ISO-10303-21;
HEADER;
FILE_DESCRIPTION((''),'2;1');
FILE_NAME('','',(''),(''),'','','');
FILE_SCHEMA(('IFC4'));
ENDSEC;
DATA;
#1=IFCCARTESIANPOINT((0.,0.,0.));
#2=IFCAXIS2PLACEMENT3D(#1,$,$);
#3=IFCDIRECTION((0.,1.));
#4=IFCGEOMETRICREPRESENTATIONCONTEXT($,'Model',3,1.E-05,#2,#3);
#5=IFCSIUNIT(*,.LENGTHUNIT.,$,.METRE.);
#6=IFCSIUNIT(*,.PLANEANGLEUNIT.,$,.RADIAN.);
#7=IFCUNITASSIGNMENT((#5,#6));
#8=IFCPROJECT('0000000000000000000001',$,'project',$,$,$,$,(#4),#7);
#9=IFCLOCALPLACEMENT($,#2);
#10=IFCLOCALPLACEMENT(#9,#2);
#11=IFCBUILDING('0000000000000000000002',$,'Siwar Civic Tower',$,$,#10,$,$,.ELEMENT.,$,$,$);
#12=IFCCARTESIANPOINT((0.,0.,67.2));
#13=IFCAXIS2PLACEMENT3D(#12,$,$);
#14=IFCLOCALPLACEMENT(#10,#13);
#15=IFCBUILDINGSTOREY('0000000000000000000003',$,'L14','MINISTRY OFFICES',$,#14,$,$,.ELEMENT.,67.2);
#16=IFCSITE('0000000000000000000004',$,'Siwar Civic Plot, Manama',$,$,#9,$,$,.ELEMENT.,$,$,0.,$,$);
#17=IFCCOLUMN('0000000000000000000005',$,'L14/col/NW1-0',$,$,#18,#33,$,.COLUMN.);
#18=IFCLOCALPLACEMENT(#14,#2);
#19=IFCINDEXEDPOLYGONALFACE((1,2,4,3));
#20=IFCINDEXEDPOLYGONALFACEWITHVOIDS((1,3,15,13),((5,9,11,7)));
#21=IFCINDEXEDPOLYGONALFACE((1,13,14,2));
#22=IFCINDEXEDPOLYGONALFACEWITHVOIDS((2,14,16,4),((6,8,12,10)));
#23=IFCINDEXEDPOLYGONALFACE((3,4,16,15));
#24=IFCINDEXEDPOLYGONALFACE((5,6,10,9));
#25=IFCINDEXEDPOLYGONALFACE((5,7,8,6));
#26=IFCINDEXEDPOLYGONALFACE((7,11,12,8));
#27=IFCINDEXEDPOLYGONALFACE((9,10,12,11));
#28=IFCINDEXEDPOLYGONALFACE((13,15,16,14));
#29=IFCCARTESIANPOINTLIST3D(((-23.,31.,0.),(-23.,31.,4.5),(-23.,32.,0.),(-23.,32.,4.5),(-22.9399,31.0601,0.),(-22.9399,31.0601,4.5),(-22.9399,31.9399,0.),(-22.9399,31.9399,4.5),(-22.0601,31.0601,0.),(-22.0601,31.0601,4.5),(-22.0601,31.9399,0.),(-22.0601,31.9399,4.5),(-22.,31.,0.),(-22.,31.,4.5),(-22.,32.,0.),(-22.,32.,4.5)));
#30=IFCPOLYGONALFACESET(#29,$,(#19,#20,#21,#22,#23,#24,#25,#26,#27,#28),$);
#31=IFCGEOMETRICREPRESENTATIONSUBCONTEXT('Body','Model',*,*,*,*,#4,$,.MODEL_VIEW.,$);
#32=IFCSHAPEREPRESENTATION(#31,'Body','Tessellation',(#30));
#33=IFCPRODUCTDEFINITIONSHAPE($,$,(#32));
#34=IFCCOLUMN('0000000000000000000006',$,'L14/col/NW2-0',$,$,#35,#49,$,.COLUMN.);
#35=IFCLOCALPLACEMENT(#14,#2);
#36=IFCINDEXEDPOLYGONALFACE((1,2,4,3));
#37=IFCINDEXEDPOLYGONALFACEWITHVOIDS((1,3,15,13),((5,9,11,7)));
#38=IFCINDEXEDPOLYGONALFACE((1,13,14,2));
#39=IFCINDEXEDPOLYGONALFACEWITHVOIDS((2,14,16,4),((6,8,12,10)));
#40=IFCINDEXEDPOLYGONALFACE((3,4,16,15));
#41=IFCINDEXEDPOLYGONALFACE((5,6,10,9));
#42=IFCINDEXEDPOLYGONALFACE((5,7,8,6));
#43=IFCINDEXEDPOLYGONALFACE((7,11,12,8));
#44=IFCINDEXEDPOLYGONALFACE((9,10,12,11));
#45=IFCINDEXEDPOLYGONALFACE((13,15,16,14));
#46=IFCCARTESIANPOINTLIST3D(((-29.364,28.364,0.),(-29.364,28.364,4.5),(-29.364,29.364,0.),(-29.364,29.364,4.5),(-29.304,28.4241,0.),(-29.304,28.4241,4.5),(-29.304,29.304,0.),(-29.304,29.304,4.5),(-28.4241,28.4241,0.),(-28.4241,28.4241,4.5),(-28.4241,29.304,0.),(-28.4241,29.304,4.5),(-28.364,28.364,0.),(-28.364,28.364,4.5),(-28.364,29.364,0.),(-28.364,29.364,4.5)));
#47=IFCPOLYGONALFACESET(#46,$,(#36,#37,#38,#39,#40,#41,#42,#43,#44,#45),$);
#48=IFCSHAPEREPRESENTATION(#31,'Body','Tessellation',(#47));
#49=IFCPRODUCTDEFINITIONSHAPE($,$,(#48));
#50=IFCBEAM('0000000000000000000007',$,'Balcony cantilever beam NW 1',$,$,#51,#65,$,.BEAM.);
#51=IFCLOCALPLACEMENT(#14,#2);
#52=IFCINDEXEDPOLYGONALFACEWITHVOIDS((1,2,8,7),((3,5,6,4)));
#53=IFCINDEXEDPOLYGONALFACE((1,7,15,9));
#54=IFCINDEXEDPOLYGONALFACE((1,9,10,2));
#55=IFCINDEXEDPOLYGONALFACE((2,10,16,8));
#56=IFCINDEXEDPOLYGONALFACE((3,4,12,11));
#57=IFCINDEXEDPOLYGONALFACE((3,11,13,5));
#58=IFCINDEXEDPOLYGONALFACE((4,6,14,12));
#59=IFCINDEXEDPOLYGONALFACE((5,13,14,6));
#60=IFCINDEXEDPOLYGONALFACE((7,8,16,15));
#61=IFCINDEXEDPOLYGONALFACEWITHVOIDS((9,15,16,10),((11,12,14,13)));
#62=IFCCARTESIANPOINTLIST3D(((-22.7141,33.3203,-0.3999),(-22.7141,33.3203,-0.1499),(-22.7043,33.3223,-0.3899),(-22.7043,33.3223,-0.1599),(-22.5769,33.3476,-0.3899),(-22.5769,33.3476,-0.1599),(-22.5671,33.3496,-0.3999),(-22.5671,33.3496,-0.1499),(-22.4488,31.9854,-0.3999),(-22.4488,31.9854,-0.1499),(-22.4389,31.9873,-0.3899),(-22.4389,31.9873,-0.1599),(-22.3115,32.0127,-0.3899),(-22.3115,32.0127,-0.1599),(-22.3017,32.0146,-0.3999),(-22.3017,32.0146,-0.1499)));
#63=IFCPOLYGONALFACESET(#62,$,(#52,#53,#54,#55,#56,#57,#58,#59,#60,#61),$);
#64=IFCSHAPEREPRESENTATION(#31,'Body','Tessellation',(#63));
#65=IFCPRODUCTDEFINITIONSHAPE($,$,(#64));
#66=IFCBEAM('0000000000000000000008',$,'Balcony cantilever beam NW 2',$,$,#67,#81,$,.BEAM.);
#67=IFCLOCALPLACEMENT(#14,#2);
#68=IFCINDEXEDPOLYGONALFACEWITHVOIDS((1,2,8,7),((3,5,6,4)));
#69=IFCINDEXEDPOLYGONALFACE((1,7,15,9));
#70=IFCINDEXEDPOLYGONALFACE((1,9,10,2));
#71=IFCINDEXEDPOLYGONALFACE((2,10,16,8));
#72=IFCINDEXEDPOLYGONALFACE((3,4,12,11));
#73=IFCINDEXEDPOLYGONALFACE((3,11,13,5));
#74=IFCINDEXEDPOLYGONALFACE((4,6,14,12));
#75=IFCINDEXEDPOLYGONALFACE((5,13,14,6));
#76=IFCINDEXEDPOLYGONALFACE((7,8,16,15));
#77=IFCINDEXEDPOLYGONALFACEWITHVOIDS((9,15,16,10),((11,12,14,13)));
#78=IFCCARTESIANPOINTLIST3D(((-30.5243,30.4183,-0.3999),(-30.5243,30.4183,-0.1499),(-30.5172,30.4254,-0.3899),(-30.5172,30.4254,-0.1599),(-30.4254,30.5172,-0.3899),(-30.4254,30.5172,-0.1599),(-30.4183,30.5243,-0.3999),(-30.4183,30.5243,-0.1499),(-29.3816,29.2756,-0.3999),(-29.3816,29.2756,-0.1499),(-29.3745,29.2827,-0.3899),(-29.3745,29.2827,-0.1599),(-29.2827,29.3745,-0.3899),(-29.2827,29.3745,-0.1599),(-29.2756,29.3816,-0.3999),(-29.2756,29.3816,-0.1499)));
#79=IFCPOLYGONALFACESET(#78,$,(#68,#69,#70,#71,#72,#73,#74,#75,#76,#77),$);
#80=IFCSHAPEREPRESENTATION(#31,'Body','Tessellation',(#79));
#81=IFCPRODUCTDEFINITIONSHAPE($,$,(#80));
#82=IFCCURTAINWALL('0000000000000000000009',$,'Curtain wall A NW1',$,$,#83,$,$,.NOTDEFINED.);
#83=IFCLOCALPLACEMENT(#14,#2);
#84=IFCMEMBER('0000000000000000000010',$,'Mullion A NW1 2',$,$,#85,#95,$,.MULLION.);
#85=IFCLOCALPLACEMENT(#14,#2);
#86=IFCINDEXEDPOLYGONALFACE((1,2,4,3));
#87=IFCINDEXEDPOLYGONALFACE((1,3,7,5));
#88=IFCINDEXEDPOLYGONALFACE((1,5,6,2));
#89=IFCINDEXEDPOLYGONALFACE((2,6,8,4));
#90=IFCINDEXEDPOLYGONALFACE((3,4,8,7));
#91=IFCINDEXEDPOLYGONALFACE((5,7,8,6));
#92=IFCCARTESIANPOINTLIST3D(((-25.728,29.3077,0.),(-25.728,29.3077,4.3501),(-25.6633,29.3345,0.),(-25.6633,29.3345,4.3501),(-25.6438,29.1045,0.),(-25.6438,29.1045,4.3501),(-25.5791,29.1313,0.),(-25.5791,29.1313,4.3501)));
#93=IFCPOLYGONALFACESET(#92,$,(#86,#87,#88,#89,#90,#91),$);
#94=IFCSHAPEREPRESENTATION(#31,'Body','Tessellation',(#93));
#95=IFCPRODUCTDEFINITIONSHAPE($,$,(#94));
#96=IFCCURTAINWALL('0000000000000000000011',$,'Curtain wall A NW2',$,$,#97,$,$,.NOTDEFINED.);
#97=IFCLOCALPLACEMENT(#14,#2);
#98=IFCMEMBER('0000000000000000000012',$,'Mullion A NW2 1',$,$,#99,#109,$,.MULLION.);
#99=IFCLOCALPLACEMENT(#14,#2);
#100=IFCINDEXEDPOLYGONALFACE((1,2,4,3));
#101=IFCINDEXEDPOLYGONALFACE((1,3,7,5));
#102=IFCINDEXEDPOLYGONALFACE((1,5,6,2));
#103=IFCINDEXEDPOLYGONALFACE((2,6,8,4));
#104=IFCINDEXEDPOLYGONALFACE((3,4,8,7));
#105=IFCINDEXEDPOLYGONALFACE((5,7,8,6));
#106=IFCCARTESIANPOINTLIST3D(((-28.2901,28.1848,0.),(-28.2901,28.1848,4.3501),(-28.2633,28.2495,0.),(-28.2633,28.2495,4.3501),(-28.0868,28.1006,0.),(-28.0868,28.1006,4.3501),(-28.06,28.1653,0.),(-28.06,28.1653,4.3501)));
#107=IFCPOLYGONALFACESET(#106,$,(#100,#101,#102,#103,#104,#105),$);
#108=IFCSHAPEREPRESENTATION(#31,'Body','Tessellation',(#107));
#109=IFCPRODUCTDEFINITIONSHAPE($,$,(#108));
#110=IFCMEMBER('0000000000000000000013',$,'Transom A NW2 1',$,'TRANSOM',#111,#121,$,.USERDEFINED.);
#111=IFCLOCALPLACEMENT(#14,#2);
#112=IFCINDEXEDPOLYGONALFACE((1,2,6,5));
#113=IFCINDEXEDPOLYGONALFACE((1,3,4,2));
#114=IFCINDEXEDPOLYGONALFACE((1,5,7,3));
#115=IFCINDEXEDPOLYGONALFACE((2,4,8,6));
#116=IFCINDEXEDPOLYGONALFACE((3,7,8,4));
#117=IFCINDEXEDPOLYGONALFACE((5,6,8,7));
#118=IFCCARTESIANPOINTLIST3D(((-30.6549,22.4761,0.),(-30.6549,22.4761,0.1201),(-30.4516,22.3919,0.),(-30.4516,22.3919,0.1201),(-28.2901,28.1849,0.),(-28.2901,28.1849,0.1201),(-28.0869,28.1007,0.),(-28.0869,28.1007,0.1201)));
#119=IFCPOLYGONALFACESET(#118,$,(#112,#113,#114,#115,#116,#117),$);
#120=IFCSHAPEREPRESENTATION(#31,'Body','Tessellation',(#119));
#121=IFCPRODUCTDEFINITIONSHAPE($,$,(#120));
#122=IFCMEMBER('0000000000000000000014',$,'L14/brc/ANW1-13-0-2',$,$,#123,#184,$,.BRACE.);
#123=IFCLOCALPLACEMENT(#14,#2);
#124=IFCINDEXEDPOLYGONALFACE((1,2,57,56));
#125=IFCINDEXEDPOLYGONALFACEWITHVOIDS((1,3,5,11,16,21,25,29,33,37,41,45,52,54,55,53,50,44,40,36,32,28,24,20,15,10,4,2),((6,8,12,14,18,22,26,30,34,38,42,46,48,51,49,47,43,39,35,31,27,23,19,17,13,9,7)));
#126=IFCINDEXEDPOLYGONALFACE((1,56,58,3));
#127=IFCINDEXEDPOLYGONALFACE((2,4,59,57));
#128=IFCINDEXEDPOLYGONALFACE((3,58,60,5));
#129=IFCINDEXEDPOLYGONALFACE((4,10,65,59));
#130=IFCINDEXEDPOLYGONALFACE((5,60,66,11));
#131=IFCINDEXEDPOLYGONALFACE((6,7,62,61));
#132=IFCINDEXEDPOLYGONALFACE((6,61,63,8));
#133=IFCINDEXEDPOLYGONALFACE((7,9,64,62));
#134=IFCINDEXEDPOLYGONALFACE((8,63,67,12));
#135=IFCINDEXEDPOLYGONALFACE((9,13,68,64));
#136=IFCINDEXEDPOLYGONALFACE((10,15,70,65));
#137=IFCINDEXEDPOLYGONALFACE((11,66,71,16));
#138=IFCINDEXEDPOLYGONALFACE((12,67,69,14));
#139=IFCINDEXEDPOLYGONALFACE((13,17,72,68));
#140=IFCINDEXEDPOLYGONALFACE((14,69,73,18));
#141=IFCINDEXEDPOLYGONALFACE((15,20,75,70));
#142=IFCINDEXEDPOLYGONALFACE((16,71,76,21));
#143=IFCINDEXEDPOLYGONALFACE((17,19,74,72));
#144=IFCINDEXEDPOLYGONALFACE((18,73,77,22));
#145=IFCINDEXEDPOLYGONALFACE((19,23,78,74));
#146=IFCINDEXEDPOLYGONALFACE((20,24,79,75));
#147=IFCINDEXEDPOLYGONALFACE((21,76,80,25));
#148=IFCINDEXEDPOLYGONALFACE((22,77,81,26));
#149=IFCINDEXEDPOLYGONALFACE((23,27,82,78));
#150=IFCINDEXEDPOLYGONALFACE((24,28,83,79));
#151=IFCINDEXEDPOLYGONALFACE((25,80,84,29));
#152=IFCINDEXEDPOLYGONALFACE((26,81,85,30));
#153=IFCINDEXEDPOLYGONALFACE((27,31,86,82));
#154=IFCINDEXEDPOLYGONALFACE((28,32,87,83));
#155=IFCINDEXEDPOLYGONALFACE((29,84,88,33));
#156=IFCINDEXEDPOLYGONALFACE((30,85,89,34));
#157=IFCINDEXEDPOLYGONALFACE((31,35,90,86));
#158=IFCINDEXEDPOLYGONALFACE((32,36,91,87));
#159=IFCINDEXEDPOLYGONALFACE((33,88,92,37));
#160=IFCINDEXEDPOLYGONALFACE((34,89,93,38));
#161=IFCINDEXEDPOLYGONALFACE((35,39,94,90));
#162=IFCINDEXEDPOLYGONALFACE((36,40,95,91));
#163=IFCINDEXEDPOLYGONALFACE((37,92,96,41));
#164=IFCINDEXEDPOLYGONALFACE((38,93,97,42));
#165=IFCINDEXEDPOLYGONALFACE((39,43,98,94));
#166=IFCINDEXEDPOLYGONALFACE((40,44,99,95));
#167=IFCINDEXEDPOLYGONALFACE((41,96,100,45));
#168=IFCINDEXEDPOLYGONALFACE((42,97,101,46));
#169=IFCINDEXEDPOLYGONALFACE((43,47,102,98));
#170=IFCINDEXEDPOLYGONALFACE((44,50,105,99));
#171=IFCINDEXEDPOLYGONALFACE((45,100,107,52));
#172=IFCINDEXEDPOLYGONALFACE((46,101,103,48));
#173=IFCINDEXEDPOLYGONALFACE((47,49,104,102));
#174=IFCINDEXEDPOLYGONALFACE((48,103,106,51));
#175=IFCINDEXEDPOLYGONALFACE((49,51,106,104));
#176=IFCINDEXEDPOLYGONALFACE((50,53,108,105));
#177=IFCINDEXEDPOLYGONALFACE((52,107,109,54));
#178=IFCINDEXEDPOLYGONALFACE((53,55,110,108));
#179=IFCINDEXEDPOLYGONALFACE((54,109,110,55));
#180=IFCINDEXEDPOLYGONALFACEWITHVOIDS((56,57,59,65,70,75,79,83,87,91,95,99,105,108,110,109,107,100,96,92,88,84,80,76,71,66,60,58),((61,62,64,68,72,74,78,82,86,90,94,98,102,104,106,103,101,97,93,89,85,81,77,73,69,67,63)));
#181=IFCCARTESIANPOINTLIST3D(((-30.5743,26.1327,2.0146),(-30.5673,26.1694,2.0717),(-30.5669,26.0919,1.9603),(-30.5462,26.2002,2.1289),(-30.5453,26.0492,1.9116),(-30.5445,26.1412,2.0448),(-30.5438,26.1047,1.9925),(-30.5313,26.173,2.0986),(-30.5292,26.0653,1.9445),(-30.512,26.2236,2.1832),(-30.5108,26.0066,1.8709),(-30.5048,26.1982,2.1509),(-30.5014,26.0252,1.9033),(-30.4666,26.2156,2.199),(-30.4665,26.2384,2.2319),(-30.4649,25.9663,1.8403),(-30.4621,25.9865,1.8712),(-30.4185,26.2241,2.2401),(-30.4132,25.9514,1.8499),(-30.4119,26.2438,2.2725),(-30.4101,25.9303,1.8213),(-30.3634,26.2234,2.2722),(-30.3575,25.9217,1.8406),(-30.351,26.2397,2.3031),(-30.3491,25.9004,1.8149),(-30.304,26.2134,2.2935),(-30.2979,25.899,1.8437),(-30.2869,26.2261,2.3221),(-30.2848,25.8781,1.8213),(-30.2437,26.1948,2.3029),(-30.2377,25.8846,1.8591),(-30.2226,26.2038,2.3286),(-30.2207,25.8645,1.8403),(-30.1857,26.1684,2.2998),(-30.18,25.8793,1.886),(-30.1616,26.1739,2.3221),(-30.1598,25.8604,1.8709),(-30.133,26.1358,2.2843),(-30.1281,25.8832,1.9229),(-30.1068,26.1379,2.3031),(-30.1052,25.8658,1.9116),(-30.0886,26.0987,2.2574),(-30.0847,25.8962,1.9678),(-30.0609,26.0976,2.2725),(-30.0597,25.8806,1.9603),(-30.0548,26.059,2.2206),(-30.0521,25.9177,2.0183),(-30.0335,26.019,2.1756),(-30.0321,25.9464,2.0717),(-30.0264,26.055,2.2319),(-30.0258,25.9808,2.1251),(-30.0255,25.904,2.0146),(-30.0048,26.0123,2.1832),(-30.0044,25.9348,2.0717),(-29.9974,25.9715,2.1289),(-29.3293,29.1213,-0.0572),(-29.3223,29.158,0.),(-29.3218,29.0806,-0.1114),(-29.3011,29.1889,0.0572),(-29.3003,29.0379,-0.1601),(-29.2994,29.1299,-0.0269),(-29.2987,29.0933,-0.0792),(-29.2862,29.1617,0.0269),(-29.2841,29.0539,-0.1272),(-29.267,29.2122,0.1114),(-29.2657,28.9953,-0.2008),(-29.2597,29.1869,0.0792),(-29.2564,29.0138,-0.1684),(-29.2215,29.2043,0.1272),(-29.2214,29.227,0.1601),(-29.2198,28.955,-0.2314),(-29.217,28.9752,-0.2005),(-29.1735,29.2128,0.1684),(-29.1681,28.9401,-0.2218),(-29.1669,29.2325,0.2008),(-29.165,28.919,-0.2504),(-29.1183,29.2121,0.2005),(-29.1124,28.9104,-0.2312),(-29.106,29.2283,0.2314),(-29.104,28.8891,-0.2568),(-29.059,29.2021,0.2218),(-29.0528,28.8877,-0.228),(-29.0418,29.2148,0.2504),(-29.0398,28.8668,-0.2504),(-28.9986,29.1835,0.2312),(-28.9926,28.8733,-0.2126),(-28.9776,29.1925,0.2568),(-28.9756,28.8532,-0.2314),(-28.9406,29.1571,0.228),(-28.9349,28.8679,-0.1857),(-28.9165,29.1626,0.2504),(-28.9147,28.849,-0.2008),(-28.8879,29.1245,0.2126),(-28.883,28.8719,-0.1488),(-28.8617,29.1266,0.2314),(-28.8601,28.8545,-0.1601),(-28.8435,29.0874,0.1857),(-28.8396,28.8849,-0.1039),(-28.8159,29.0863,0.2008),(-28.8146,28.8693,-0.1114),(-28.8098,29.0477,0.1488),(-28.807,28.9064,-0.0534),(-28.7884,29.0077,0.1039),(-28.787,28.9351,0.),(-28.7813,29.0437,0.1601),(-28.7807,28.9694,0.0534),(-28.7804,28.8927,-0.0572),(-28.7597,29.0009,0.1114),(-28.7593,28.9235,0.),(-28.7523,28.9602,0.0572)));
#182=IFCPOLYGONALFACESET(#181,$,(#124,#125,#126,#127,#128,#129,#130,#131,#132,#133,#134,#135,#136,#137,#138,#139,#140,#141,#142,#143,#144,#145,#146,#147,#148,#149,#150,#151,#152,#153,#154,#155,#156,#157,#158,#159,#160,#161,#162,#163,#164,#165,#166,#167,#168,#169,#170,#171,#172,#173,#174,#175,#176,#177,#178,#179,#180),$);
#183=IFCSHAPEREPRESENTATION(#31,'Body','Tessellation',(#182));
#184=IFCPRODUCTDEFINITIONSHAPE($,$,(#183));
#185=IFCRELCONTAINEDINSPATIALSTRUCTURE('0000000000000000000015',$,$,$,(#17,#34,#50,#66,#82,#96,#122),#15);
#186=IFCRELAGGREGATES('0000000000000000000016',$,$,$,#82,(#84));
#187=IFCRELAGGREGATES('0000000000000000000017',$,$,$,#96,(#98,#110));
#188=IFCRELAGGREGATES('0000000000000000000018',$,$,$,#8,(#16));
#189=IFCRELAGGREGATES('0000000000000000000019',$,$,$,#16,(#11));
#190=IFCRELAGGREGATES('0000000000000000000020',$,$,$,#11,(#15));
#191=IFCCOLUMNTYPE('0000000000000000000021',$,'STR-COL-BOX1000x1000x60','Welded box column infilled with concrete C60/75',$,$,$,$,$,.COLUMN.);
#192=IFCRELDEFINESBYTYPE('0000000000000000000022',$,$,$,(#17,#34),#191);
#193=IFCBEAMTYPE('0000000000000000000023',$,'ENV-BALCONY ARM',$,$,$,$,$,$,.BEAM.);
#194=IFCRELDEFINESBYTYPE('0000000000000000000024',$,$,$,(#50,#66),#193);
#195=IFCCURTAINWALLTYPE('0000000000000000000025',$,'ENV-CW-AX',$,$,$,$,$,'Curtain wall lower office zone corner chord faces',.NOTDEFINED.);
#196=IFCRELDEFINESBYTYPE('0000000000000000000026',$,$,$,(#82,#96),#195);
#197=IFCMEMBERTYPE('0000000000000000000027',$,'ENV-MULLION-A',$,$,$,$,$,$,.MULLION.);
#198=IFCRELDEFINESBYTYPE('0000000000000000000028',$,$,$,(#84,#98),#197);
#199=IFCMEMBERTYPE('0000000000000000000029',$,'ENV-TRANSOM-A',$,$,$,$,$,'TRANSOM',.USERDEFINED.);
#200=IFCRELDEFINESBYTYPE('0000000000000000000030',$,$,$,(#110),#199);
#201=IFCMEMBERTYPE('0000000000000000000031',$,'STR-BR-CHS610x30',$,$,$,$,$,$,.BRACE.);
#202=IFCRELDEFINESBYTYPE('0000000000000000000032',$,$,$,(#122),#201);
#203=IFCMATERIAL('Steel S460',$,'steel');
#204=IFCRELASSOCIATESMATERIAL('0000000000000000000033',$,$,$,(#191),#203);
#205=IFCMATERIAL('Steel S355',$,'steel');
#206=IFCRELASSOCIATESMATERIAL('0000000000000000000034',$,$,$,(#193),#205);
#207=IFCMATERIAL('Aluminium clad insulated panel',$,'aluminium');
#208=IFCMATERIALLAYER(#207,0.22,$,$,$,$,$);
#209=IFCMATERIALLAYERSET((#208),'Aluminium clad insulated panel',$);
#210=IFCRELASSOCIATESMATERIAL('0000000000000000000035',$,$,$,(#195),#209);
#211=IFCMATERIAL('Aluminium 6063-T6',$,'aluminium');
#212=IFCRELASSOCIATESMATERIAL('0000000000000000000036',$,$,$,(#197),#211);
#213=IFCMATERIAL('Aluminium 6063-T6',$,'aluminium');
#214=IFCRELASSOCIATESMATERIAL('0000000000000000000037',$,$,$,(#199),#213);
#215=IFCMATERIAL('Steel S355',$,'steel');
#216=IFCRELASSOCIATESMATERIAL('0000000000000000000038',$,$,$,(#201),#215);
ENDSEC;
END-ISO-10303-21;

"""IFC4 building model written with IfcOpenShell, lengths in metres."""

from ifc_helpers import new_model, si_unit, direction, frame, origin, origin_2d, place, context, subcontext, project, spatial, rectangle, hollow_rectangle, hollow_circle, extrude, material, layer, layer_set, material_profile, profile_set, type_object, element, aggregate, save


model = new_model("IFC4")

# Units and contexts
model_context = context("Model", 3, precision=1e-05, world=origin(), true_north=direction((0.0, 1.0)))
body_context = subcontext(model_context, "Body", "Model", "MODEL_VIEW")
ifc_project = project(units=[si_unit("LENGTHUNIT", "METRE"), si_unit("PLANEANGLEUNIT", "RADIAN")], contexts=[model_context])

# Site, building, storey
site_placement = place(None, origin())
site = spatial("IfcSite", under=ifc_project, at=site_placement, Name="Siwar Civic Plot, Manama", CompositionType="ELEMENT", RefElevation=0.0)
building_placement = place(site_placement, origin())
building = spatial("IfcBuilding", under=site, at=building_placement, Name="Siwar Civic Tower", CompositionType="ELEMENT")
storey_placement = place(building_placement, frame((0.0, 0.0, 67.2)))
storey = spatial("IfcBuildingStorey", under=building, at=storey_placement, Name="L14", Description="MINISTRY OFFICES", CompositionType="ELEMENT", Elevation=67.2)

# Columns
ifc_material_1 = material(Name="Steel S460", Category="steel")
ifc_material_profile_1 = material_profile(ifc_material_1, hollow_rectangle(XDim=1.0, YDim=1.0, WallThickness=0.0601, at=origin_2d()), Name="BOX1000x1000x60")
ifc_profile_set_1 = profile_set([ifc_material_profile_1], Name="Steel S460")
column_type = type_object("IfcColumnType", Name="STR-COL-BOX1000x1000x60", Description="Welded box column infilled with concrete C60/75", PredefinedType="COLUMN", material=ifc_profile_set_1)
for number, where, z_axis, x_axis, name in (
    (1, (-22.5, 31.5, 0.0), (0.0, 0.0, 1.0), (1.0, 0.0, 0.0), "L14/col/NW1-0"),
    (2, (-28.864, 28.864, 0.0), (0.0, 0.0, 1.0), (1.0, 0.0, 0.0), "L14/col/NW2-0"),
):
    element("IfcColumn", number, at=place(storey_placement, frame(where, z_axis=z_axis, x_axis=x_axis)), inside=storey, type_object=column_type, Name=name, PredefinedType="COLUMN", context=body_context, shape_type="SweptSolid", body=[
        extrude(hollow_rectangle(XDim=1.0, YDim=1.0, WallThickness=0.0601, at=origin_2d()), origin(), (0.0, 0.0, 1.0), 4.5),
    ])

# Beams
ifc_material_2 = material(Name="Steel S355", Category="steel")
ifc_material_profile_2 = material_profile(ifc_material_2, hollow_rectangle(XDim=0.1499, YDim=0.25, WallThickness=0.01, at=origin_2d()), Name="RHS250x150x10")
ifc_profile_set_2 = profile_set([ifc_material_profile_2], Name="Steel S355")
beam_type_1 = type_object("IfcBeamType", Name="ENV-BALCONY ARM", PredefinedType="BEAM", material=ifc_profile_set_2)
beam_1_placement = place(storey_placement, frame((-22.3752, 32.0, -0.2749), z_axis=(-0.194978, 0.980808, 0.0), x_axis=(-0.980808, -0.194978, 0.0)))
element("IfcBeam", 3, at=beam_1_placement, inside=storey, type_object=beam_type_1, Name="Balcony cantilever beam NW 1", PredefinedType="BEAM", context=body_context, shape_type="SweptSolid", body=[
    extrude(hollow_rectangle(XDim=0.1499, YDim=0.25, WallThickness=0.01, at=origin_2d()), origin(), (0.0, 0.0, 1.0), 1.3611),
])
beam_2_placement = place(storey_placement, frame((-29.3286, 29.3286, -0.2749), z_axis=(-0.707107, 0.707107, 0.0), x_axis=(-0.707107, -0.707107, 0.0)))
element("IfcBeam", 4, at=beam_2_placement, inside=storey, type_object=beam_type_1, Name="Balcony cantilever beam NW 2", PredefinedType="BEAM", context=body_context, shape_type="SweptSolid", body=[
    extrude(hollow_rectangle(XDim=0.1499, YDim=0.25, WallThickness=0.01, at=origin_2d()), origin(), (0.0, 0.0, 1.0), 1.616),
])

# Curtain wall, member
ifc_material_3 = material(Name="Aluminium clad insulated panel", Category="aluminium")
ifc_layer_1 = layer(ifc_material_3, 0.22)
ifc_layer_set_1 = layer_set([ifc_layer_1], Name="Aluminium clad insulated panel")
curtain_wall_type = type_object("IfcCurtainWallType", Name="ENV-CW-AX", ElementType="Curtain wall lower office zone corner chord faces", PredefinedType="NOTDEFINED", material=ifc_layer_set_1)
curtain_wall_1_placement = place(storey_placement, origin())
curtain_wall_1 = element("IfcCurtainWall", 5, at=curtain_wall_1_placement, inside=storey, type_object=curtain_wall_type, Name="Curtain wall A NW1", PredefinedType="NOTDEFINED")
ifc_material_4 = material(Name="Aluminium 6063-T6", Category="aluminium")
ifc_material_profile_3 = material_profile(ifc_material_4, rectangle(XDim=0.22, YDim=0.0701, at=origin_2d()), Name="AL 220x70")
ifc_profile_set_3 = profile_set([ifc_material_profile_3], Name="Aluminium 6063-T6")
member_type_1 = type_object("IfcMemberType", Name="ENV-MULLION-A", PredefinedType="MULLION", material=ifc_profile_set_3)
member_1_placement = place(storey_placement, frame((-25.6536, 29.2195, 0.0), z_axis=(0.0, 0.0, 1.0), x_axis=(0.382683, -0.92388, 0.0)))
member_1 = element("IfcMember", 6, at=member_1_placement, type_object=member_type_1, Name="Mullion A NW1 2", PredefinedType="MULLION", context=body_context, shape_type="SweptSolid", body=[
    extrude(rectangle(XDim=0.22, YDim=0.0701, at=origin_2d()), origin(), (0.0, 0.0, 1.0), 4.3501),
])

# Curtain wall, members
curtain_wall_2_placement = place(storey_placement, origin())
curtain_wall_2 = element("IfcCurtainWall", 7, at=curtain_wall_2_placement, inside=storey, type_object=curtain_wall_type, Name="Curtain wall A NW2", PredefinedType="NOTDEFINED")
member_2_placement = place(storey_placement, frame((-28.175, 28.175, 0.0), z_axis=(0.0, 0.0, 1.0), x_axis=(0.92388, -0.382683, 0.0)))
member_2 = element("IfcMember", 8, at=member_2_placement, type_object=member_type_1, Name="Mullion A NW2 1", PredefinedType="MULLION", context=body_context, shape_type="SweptSolid", body=[
    extrude(rectangle(XDim=0.22, YDim=0.0701, at=origin_2d()), origin(), (0.0, 0.0, 1.0), 4.3501),
])
ifc_material_5 = material(Name="Aluminium 6063-T6", Category="aluminium")
ifc_material_profile_4 = material_profile(ifc_material_5, rectangle(XDim=0.22, YDim=0.1201, at=origin_2d()), Name="AL 220x120")
ifc_profile_set_4 = profile_set([ifc_material_profile_4], Name="Aluminium 6063-T6")
member_type_2 = type_object("IfcMemberType", Name="ENV-TRANSOM-A", ElementType="TRANSOM", PredefinedType="USERDEFINED", material=ifc_profile_set_4)
member_3_placement = place(storey_placement, frame((-28.1885, 28.1428, 0.0601), z_axis=(-0.382698, -0.923873, 0.0), x_axis=(0.923873, -0.382698, 0.0)))
member_3 = element("IfcMember", 9, at=member_3_placement, type_object=member_type_2, Name="Transom A NW2 1", ObjectType="TRANSOM", PredefinedType="USERDEFINED", context=body_context, shape_type="SweptSolid", body=[
    extrude(rectangle(XDim=0.22, YDim=0.1201, at=origin_2d()), origin(), (0.0, 0.0, 1.0), 6.1792),
])

# Member
ifc_material_6 = material(Name="Steel S355", Category="steel")
ifc_material_profile_5 = material_profile(ifc_material_6, hollow_circle(Radius=0.3049, WallThickness=0.03, at=origin_2d()), Name="CHS610x30")
ifc_profile_set_5 = profile_set([ifc_material_profile_5], Name="Steel S355")
member_type_3 = type_object("IfcMemberType", Name="STR-BR-CHS610x30", PredefinedType="BRACE", material=ifc_profile_set_5)
member_4_placement = place(storey_placement, frame((-29.0408, 29.0408, 0.0), z_axis=(-0.323923, -0.777542, 0.538982), x_axis=(0.923099, -0.384562, 0.0)))
element("IfcMember", 10, at=member_4_placement, inside=storey, type_object=member_type_3, Name="L14/brc/ANW1-13-0-2", PredefinedType="BRACE", context=body_context, shape_type="SweptSolid", body=[
    extrude(hollow_circle(Radius=0.3049, WallThickness=0.03, at=origin_2d()), origin(), (0.0, 0.0, 1.0), 3.8438),
])

aggregate(curtain_wall_1, [member_1])
aggregate(curtain_wall_2, [member_2, member_3])

save(model, "model.ifc")
